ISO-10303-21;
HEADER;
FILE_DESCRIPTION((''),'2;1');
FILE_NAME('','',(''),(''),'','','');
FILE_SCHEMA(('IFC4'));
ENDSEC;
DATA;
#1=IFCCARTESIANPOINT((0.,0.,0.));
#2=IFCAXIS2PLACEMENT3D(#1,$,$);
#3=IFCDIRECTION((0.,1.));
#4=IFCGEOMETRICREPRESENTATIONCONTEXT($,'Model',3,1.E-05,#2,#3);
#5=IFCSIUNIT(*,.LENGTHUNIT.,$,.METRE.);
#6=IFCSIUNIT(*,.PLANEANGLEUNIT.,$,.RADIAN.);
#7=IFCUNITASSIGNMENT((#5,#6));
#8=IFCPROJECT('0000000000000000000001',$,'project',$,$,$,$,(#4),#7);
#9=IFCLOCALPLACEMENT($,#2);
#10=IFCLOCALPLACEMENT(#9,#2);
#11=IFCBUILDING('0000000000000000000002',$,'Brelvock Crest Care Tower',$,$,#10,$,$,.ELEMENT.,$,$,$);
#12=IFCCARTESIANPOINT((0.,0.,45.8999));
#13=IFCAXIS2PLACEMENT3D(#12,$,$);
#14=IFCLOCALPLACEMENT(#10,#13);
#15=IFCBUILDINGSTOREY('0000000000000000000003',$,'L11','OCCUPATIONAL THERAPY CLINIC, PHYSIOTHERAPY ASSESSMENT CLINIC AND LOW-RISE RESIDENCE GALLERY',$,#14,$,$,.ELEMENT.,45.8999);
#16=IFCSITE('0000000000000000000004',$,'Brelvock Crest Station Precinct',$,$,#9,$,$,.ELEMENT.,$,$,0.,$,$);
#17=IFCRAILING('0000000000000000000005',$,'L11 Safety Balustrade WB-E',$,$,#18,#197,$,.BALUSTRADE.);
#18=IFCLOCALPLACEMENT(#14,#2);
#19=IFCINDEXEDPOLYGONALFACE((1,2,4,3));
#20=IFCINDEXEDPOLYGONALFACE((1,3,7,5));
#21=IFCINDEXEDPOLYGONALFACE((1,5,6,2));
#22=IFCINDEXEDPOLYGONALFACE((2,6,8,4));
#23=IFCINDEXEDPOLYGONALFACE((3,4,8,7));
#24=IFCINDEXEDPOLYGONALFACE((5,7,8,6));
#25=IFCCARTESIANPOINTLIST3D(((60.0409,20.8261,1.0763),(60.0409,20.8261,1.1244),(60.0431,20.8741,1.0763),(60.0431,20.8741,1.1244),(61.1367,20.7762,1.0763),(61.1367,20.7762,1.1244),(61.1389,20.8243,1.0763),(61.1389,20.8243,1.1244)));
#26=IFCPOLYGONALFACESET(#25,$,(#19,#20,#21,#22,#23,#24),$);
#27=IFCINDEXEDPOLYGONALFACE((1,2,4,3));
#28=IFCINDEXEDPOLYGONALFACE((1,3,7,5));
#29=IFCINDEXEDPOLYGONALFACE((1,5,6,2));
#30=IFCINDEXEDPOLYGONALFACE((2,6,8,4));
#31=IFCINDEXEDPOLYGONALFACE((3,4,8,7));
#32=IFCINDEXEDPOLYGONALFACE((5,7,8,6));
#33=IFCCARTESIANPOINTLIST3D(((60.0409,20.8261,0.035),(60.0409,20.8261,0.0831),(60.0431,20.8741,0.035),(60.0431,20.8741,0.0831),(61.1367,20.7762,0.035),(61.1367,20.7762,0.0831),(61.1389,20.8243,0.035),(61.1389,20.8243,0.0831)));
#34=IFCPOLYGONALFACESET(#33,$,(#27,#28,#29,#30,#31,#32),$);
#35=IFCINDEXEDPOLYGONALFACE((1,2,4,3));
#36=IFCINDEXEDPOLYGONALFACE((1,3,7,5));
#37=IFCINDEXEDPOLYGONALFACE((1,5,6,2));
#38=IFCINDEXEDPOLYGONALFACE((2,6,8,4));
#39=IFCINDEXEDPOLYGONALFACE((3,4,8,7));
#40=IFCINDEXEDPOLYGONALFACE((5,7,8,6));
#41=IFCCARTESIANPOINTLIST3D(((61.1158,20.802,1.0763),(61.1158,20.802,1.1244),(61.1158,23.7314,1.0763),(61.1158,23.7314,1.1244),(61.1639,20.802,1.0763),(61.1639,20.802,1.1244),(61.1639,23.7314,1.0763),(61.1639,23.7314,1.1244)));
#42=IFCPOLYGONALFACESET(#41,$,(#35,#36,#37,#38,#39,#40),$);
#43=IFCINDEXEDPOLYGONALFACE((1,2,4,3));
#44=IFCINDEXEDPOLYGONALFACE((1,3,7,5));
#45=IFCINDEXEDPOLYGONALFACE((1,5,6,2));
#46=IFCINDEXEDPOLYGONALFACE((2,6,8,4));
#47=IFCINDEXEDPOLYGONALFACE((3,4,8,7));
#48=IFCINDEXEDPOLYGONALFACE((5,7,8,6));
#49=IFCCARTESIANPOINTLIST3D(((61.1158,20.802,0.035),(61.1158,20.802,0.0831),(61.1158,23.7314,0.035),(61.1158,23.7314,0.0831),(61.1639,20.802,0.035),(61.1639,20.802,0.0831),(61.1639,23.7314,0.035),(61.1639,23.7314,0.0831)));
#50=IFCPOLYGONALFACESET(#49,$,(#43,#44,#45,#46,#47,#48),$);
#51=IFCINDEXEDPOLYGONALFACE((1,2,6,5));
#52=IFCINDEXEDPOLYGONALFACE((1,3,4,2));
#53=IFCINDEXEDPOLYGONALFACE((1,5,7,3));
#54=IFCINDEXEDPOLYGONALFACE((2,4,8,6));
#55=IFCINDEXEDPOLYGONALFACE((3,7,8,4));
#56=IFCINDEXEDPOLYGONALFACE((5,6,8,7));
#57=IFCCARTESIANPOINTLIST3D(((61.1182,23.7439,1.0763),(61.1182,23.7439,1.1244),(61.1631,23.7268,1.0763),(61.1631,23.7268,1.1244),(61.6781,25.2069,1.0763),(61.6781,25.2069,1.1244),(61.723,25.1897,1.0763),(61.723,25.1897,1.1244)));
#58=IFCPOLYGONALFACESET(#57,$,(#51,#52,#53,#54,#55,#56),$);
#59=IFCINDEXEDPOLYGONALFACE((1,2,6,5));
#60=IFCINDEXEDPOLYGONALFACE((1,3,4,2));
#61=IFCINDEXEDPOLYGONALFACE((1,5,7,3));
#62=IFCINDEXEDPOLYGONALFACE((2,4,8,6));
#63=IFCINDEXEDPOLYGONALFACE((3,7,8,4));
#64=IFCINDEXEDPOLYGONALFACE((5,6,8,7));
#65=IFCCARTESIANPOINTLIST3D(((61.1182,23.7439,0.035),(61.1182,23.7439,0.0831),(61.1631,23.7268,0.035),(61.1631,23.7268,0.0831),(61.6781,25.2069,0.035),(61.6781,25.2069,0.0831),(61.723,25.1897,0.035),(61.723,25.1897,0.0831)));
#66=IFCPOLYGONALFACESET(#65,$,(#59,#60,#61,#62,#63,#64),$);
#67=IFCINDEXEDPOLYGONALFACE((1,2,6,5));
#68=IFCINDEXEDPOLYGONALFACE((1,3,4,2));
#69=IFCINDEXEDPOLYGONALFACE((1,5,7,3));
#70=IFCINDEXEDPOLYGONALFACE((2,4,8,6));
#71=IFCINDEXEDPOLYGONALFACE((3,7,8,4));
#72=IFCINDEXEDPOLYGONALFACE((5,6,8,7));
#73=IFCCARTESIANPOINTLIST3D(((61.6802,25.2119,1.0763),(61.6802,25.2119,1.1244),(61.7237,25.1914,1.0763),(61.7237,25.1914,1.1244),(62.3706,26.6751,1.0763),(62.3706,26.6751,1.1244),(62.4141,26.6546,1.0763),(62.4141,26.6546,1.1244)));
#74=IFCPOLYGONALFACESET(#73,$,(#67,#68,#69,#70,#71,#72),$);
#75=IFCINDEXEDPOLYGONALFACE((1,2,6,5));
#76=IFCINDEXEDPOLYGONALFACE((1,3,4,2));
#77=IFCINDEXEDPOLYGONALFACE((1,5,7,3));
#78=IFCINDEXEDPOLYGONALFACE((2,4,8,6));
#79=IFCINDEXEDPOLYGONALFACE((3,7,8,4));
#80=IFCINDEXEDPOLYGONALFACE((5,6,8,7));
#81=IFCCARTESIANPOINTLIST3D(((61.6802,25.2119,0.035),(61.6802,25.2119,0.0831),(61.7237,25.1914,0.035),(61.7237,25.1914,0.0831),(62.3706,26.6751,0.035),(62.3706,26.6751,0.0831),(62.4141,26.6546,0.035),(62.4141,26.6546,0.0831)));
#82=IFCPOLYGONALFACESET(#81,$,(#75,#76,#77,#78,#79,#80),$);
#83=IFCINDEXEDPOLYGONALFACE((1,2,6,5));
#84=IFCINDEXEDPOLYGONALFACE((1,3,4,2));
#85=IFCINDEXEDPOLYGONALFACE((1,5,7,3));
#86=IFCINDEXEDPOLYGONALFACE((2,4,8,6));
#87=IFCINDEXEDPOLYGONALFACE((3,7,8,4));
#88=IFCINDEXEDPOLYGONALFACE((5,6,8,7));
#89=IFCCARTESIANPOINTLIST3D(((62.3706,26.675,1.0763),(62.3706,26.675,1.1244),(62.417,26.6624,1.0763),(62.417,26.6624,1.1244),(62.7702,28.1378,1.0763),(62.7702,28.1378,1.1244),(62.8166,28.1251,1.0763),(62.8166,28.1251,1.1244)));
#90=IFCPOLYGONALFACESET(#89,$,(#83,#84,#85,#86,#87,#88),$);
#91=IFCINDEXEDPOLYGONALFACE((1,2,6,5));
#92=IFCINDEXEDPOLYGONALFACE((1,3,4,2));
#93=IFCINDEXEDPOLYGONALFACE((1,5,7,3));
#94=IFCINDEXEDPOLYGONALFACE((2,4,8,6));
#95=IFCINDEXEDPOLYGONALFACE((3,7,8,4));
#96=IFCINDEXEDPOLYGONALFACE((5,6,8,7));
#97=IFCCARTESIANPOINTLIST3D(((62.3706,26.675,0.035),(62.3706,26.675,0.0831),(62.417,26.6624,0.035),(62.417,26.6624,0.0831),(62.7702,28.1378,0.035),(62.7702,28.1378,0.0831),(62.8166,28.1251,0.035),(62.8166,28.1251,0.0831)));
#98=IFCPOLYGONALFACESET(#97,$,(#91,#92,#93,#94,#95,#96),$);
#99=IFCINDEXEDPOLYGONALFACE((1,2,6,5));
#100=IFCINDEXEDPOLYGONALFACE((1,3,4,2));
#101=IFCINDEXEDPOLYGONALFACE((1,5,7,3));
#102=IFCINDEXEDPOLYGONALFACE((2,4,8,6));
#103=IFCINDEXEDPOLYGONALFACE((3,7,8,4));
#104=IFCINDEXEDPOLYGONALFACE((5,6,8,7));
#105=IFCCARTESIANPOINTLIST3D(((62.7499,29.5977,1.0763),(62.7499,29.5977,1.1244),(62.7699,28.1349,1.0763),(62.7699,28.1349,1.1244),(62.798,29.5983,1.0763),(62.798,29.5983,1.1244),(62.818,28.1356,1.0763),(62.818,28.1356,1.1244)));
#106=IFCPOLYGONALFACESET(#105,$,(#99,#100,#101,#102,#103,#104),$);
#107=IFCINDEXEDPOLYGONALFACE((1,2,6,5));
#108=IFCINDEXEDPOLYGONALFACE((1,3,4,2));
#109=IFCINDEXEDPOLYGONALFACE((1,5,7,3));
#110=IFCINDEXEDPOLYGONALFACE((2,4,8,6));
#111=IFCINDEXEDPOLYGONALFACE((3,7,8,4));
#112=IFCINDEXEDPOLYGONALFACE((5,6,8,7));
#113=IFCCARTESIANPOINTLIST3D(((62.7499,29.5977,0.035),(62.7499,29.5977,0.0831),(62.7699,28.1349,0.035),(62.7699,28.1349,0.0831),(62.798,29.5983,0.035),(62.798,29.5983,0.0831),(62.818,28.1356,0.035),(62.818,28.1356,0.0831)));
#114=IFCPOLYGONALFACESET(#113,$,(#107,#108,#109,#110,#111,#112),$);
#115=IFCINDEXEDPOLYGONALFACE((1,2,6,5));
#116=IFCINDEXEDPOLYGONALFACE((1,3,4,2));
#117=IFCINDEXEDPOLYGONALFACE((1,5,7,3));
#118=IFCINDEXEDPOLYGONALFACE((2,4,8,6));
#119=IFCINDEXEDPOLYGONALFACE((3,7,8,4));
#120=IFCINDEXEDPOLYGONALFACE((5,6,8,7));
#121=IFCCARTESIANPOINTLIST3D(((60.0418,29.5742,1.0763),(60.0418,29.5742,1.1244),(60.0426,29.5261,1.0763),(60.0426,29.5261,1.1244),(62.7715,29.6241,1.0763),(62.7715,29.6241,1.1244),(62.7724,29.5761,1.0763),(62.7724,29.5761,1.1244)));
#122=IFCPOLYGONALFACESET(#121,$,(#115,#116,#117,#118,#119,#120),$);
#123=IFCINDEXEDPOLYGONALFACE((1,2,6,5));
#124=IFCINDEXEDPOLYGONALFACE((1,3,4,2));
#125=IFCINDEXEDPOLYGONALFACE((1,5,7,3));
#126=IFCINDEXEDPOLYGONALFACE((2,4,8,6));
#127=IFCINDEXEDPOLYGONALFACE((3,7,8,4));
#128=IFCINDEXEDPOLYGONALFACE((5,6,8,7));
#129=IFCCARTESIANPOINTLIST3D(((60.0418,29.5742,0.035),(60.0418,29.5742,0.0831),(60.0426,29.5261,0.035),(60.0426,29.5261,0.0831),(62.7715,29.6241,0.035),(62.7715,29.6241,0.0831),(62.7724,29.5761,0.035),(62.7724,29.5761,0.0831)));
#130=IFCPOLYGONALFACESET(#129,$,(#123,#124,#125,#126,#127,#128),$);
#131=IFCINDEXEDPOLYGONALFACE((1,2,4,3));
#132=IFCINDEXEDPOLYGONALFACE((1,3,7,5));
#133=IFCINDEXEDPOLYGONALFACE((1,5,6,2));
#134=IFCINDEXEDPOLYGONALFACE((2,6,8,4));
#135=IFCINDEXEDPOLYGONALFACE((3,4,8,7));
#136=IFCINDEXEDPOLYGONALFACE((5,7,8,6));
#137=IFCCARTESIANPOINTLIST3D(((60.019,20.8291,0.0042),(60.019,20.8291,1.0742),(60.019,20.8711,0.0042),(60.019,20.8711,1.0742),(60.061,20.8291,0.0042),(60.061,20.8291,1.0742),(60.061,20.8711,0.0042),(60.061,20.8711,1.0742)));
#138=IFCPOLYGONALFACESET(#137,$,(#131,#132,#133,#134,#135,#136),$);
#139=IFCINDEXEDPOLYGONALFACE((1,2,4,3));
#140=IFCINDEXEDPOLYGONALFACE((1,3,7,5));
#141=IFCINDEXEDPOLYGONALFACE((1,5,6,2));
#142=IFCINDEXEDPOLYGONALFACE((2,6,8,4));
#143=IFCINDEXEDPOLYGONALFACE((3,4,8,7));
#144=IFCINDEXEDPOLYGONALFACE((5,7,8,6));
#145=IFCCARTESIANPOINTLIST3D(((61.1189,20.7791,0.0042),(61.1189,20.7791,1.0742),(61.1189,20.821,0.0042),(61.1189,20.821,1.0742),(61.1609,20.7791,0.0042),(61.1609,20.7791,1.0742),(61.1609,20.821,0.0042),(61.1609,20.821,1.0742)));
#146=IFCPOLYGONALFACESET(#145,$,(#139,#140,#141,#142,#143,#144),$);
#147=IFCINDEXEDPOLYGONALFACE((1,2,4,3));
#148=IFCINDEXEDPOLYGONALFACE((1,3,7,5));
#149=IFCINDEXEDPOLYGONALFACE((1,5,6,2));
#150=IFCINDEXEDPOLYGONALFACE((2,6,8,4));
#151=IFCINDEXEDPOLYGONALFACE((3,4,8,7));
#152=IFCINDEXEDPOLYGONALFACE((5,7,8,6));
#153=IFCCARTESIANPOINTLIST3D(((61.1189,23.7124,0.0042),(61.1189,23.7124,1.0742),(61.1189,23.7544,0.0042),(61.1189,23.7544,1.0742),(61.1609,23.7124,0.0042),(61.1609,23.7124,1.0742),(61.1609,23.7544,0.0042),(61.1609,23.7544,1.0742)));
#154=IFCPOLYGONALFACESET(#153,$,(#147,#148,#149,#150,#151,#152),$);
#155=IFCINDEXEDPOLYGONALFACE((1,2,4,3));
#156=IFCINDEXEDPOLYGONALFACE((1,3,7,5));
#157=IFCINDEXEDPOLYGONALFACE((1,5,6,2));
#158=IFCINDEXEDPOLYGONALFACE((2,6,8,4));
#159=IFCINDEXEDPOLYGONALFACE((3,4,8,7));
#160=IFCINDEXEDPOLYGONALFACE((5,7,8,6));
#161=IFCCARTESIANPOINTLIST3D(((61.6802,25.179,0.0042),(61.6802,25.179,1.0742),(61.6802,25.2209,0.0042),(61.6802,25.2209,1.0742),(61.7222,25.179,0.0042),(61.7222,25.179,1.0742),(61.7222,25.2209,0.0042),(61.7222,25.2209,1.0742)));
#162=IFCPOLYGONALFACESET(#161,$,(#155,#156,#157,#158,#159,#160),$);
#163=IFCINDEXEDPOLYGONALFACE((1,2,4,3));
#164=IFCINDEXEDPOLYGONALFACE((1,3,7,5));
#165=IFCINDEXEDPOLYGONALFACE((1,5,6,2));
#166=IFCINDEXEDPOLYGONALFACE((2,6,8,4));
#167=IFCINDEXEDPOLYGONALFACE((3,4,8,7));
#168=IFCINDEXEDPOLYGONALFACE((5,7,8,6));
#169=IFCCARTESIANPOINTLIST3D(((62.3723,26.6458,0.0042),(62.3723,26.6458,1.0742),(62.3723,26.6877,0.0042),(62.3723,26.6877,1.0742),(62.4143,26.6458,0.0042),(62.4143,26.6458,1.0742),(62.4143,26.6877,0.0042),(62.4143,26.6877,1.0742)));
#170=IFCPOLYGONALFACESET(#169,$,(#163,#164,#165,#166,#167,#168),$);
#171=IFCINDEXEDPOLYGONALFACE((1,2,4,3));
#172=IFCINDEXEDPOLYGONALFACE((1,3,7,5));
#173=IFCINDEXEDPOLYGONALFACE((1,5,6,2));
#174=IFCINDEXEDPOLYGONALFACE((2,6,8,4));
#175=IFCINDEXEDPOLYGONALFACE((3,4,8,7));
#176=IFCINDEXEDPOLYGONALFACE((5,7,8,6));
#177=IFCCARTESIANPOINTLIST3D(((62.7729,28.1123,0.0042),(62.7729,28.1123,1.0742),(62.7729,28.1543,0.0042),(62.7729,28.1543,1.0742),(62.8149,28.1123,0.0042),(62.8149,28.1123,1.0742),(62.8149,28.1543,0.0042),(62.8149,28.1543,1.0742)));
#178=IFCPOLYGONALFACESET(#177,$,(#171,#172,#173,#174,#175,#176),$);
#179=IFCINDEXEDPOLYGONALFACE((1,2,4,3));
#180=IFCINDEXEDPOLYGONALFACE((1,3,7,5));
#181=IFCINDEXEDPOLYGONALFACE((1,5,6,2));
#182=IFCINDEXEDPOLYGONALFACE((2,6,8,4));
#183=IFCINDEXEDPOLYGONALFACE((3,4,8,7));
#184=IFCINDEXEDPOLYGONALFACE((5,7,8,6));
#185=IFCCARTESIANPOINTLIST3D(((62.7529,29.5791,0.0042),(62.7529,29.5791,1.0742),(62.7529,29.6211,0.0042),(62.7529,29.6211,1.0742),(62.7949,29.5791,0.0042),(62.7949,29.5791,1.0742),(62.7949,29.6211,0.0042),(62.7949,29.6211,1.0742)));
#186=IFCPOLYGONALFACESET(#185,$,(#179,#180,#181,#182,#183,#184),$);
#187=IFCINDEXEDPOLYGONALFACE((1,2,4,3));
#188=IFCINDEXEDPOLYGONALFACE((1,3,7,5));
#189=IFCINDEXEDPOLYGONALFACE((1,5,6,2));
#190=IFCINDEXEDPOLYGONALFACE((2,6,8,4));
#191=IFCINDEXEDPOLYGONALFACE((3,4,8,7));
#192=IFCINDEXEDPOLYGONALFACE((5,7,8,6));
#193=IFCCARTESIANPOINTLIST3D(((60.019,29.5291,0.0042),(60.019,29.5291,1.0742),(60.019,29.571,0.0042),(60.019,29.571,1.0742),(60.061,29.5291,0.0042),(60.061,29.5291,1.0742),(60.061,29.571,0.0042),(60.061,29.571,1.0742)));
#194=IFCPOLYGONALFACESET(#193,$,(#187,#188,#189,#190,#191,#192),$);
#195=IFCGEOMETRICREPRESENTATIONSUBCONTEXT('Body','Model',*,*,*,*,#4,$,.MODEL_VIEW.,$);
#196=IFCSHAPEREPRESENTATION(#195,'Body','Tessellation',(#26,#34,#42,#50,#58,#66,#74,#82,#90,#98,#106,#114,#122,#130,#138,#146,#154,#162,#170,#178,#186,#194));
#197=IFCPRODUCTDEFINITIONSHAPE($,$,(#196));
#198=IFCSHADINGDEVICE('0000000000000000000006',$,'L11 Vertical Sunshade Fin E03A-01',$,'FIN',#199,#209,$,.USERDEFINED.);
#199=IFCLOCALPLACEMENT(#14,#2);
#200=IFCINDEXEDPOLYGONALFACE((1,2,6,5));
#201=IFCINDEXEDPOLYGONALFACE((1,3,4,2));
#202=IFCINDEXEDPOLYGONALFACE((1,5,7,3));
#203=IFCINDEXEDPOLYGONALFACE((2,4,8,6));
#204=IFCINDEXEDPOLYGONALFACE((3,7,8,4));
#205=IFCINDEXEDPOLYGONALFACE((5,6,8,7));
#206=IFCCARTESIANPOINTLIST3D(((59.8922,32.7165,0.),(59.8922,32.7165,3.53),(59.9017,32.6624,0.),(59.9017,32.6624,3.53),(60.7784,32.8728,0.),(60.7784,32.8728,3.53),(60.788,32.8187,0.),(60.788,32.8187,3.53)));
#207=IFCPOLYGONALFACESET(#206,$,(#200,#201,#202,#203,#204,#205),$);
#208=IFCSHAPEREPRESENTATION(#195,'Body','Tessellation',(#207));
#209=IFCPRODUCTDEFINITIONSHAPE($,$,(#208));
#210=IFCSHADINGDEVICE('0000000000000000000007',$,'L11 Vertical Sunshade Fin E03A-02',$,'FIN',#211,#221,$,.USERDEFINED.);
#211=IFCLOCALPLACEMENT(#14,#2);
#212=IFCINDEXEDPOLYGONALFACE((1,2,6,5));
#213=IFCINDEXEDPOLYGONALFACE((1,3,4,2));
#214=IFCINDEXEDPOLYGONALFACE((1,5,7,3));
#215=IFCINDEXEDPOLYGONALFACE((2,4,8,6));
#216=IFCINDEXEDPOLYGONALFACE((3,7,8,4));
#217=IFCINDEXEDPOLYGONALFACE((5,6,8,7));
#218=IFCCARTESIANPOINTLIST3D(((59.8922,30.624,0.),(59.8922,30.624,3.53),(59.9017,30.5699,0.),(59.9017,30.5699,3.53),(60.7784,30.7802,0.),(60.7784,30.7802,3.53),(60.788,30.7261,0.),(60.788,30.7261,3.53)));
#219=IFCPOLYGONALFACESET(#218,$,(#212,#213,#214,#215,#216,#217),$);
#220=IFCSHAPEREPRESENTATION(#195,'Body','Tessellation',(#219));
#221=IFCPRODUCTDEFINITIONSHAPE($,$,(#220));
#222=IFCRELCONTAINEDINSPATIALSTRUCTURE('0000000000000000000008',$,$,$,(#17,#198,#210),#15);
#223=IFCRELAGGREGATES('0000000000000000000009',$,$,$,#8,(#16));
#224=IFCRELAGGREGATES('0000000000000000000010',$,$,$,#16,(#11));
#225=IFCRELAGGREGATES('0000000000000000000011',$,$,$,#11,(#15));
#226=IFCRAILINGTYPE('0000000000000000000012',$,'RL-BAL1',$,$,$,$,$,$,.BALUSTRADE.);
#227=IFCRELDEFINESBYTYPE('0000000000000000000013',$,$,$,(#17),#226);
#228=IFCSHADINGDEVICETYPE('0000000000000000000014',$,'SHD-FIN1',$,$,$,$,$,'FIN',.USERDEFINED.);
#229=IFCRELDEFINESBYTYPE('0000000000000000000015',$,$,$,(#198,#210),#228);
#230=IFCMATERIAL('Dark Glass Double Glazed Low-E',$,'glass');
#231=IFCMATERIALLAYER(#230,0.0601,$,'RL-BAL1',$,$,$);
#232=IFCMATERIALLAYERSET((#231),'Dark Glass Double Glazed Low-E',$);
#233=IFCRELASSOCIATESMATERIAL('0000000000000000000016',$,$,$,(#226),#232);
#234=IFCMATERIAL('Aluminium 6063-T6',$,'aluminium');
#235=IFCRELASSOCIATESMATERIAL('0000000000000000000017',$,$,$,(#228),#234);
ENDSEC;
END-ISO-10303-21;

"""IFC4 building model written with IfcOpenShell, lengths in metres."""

from ifc_helpers import new_model, si_unit, direction, frame, origin, origin_2d, place, context, subcontext, project, spatial, rectangle, extrude, source, transform, mapped, material, layer, layer_set, material_profile, profile_set, type_object, element, save


model = new_model("IFC4")

# Units and contexts
model_context = context("Model", 3, precision=1e-05, world=origin(), true_north=direction((0.0, 1.0)))
body_context = subcontext(model_context, "Body", "Model", "MODEL_VIEW")
ifc_project = project(units=[si_unit("LENGTHUNIT", "METRE"), si_unit("PLANEANGLEUNIT", "RADIAN")], contexts=[model_context])

# Site, building, storey
site_placement = place(None, origin())
site = spatial("IfcSite", under=ifc_project, at=site_placement, Name="Brelvock Crest Station Precinct", CompositionType="ELEMENT", RefElevation=0.0)
building_placement = place(site_placement, origin())
building = spatial("IfcBuilding", under=site, at=building_placement, Name="Brelvock Crest Care Tower", CompositionType="ELEMENT")
storey_placement = place(building_placement, frame((0.0, 0.0, 45.8999)))
storey = spatial("IfcBuildingStorey", under=building, at=storey_placement, Name="L11", Description="OCCUPATIONAL THERAPY CLINIC, PHYSIOTHERAPY ASSESSMENT CLINIC AND LOW-RISE RESIDENCE GALLERY", CompositionType="ELEMENT", Elevation=45.8999)

# Shared definitions
ifc_material_1 = material(Name="Dark Glass Double Glazed Low-E", Category="glass")
ifc_material_2 = material(Name="Aluminium 6063-T6", Category="aluminium")

# Railing
ifc_layer_1 = layer(ifc_material_1, 0.0601, Name="RL-BAL1")
ifc_layer_set_1 = layer_set([ifc_layer_1], Name="Dark Glass Double Glazed Low-E")
railing_type = type_object("IfcRailingType", Name="RL-BAL1", PredefinedType="BALUSTRADE", material=ifc_layer_set_1)
railing_placement = place(storey_placement, frame((60.04, 20.8501, 0.0042)))
element("IfcRailing", 1, at=railing_placement, inside=storey, type_object=railing_type, Name="L11 Safety Balustrade WB-E", PredefinedType="BALUSTRADE", context=body_context, shape_type="SweptSolid", body=[
    extrude(rectangle(XDim=0.0481, YDim=0.0481, at=origin_2d()), frame((0.002, 0.0, 1.0962), z_axis=(0.998966, -0.045458, 0.0), x_axis=(0.045458, 0.998966, 0.0)), (0.0, 0.0, 1.0), 1.0969),
    extrude(rectangle(XDim=0.0481, YDim=0.0481, at=origin_2d()), frame((0.002, 0.0, 0.0549), z_axis=(0.998966, -0.045458, 0.0), x_axis=(0.045458, 0.998966, 0.0)), (0.0, 0.0, 1.0), 1.0969),
    extrude(rectangle(XDim=0.0481, YDim=0.0481, at=origin_2d()), frame((1.0999, -0.0481, 1.0962), z_axis=(0.0, 1.0, 0.0), x_axis=(-1.0, 0.0, 0.0)), (0.0, 0.0, 1.0), 2.9294),
    extrude(rectangle(XDim=0.0481, YDim=0.0481, at=origin_2d()), frame((1.0999, -0.0481, 0.0549), z_axis=(0.0, 1.0, 0.0), x_axis=(-1.0, 0.0, 0.0)), (0.0, 0.0, 1.0), 2.9294),
    extrude(rectangle(XDim=0.0481, YDim=0.0481, at=origin_2d()), frame((1.1006, 2.8853, 1.0962), z_axis=(0.357437, 0.933937, 0.0), x_axis=(-0.933937, 0.357437, 0.0)), (0.0, 0.0, 1.0), 1.5664),
    extrude(rectangle(XDim=0.0481, YDim=0.0481, at=origin_2d()), frame((1.1006, 2.8853, 0.0549), z_axis=(0.357437, 0.933937, 0.0), x_axis=(-0.933937, 0.357437, 0.0)), (0.0, 0.0, 1.0), 1.5664),
    extrude(rectangle(XDim=0.0481, YDim=0.0481, at=origin_2d()), frame((1.6619, 4.3516, 1.0962), z_axis=(0.426746, 0.904371, 0.0), x_axis=(-0.904371, 0.426746, 0.0)), (0.0, 0.0, 1.0), 1.6179),
    extrude(rectangle(XDim=0.0481, YDim=0.0481, at=origin_2d()), frame((1.6619, 4.3516, 0.0549), z_axis=(0.426746, 0.904371, 0.0), x_axis=(-0.904371, 0.426746, 0.0)), (0.0, 0.0, 1.0), 1.6179),
    extrude(rectangle(XDim=0.0481, YDim=0.0481, at=origin_2d()), frame((2.3538, 5.8186, 1.0962), z_axis=(0.263525, 0.964653, 0.0), x_axis=(-0.964653, 0.263525, 0.0)), (0.0, 0.0, 1.0), 1.5164),
    extrude(rectangle(XDim=0.0481, YDim=0.0481, at=origin_2d()), frame((2.3538, 5.8186, 0.0549), z_axis=(0.263525, 0.964653, 0.0), x_axis=(-0.964653, 0.263525, 0.0)), (0.0, 0.0, 1.0), 1.5164),
    extrude(rectangle(XDim=0.0481, YDim=0.0481, at=origin_2d()), frame((2.7539, 7.2852, 1.0962), z_axis=(-0.013647, 0.999907, 0.0), x_axis=(-0.999907, -0.013647, 0.0)), (0.0, 0.0, 1.0), 1.4629),
    extrude(rectangle(XDim=0.0481, YDim=0.0481, at=origin_2d()), frame((2.7539, 7.2852, 0.0549), z_axis=(-0.013647, 0.999907, 0.0), x_axis=(-0.999907, -0.013647, 0.0)), (0.0, 0.0, 1.0), 1.4629),
    extrude(rectangle(XDim=0.0481, YDim=0.0481, at=origin_2d()), frame((2.7319, 8.75, 1.0962), z_axis=(-0.999832, -0.018304, 0.0), x_axis=(0.018304, -0.999832, 0.0)), (0.0, 0.0, 1.0), 2.7302),
    extrude(rectangle(XDim=0.0481, YDim=0.0481, at=origin_2d()), frame((2.7319, 8.75, 0.0549), z_axis=(-0.999832, -0.018304, 0.0), x_axis=(0.018304, -0.999832, 0.0)), (0.0, 0.0, 1.0), 2.7302),
    extrude(rectangle(XDim=0.042, YDim=0.042, at=origin_2d()), origin(), (0.0, 0.0, 1.0), 1.0701),
    extrude(rectangle(XDim=0.042, YDim=0.042, at=origin_2d()), frame((1.0999, -0.05, 0.0)), (0.0, 0.0, 1.0), 1.0701),
    extrude(rectangle(XDim=0.042, YDim=0.042, at=origin_2d()), frame((1.0999, 2.8833, 0.0)), (0.0, 0.0, 1.0), 1.0701),
    extrude(rectangle(XDim=0.042, YDim=0.042, at=origin_2d()), frame((1.6611, 4.3499, 0.0)), (0.0, 0.0, 1.0), 1.0701),
    extrude(rectangle(XDim=0.042, YDim=0.042, at=origin_2d()), frame((2.3533, 5.8167, 0.0)), (0.0, 0.0, 1.0), 1.0701),
    extrude(rectangle(XDim=0.042, YDim=0.042, at=origin_2d()), frame((2.7539, 7.2832, 0.0)), (0.0, 0.0, 1.0), 1.0701),
    extrude(rectangle(XDim=0.042, YDim=0.042, at=origin_2d()), frame((2.7339, 8.75, 0.0)), (0.0, 0.0, 1.0), 1.0701),
    extrude(rectangle(XDim=0.042, YDim=0.042, at=origin_2d()), frame((0.0, 8.7, 0.0)), (0.0, 0.0, 1.0), 1.0701),
])

# Shading devices
ifc_material_profile_1 = material_profile(ifc_material_2, rectangle(XDim=0.0549, YDim=0.8999, at=origin_2d()), Name="FIN55x900")
ifc_profile_set_1 = profile_set([ifc_material_profile_1], Name="Aluminium 6063-T6")
shading_device_type = type_object("IfcShadingDeviceType", Name="SHD-FIN1", ElementType="FIN", PredefinedType="USERDEFINED", material=ifc_profile_set_1)
shared_shape_1 = source(origin(), body_context, "Body", "SweptSolid", [
    extrude(rectangle(XDim=0.0549, YDim=0.8999, at=origin_2d()), origin(), (0.0, 0.0, 1.0), 3.53),
])
for number, where, z_axis, x_axis, name in (
    (2, (60.3401, 32.7676, 0.0), (0.0, 0.0, 1.0), (0.173648, -0.984808, 0.0), "L11 Vertical Sunshade Fin E03A-01"),
    (3, (60.3401, 30.675, 0.0), (0.0, 0.0, 1.0), (0.173648, -0.984808, 0.0), "L11 Vertical Sunshade Fin E03A-02"),
):
    element("IfcShadingDevice", number, at=place(storey_placement, frame(where, z_axis=z_axis, x_axis=x_axis)), inside=storey, type_object=shading_device_type, Name=name, ObjectType="FIN", PredefinedType="USERDEFINED", context=body_context, shape_type="MappedRepresentation", body=[
        mapped(shared_shape_1, transform((0.0, 0.0, 0.0), x_axis=(1.0, 0.0, 0.0), y_axis=(0.0, 1.0, 0.0), z_axis=(0.0, 0.0, 1.0), scale=1.0)),
    ])

save(model, "model.ifc")
